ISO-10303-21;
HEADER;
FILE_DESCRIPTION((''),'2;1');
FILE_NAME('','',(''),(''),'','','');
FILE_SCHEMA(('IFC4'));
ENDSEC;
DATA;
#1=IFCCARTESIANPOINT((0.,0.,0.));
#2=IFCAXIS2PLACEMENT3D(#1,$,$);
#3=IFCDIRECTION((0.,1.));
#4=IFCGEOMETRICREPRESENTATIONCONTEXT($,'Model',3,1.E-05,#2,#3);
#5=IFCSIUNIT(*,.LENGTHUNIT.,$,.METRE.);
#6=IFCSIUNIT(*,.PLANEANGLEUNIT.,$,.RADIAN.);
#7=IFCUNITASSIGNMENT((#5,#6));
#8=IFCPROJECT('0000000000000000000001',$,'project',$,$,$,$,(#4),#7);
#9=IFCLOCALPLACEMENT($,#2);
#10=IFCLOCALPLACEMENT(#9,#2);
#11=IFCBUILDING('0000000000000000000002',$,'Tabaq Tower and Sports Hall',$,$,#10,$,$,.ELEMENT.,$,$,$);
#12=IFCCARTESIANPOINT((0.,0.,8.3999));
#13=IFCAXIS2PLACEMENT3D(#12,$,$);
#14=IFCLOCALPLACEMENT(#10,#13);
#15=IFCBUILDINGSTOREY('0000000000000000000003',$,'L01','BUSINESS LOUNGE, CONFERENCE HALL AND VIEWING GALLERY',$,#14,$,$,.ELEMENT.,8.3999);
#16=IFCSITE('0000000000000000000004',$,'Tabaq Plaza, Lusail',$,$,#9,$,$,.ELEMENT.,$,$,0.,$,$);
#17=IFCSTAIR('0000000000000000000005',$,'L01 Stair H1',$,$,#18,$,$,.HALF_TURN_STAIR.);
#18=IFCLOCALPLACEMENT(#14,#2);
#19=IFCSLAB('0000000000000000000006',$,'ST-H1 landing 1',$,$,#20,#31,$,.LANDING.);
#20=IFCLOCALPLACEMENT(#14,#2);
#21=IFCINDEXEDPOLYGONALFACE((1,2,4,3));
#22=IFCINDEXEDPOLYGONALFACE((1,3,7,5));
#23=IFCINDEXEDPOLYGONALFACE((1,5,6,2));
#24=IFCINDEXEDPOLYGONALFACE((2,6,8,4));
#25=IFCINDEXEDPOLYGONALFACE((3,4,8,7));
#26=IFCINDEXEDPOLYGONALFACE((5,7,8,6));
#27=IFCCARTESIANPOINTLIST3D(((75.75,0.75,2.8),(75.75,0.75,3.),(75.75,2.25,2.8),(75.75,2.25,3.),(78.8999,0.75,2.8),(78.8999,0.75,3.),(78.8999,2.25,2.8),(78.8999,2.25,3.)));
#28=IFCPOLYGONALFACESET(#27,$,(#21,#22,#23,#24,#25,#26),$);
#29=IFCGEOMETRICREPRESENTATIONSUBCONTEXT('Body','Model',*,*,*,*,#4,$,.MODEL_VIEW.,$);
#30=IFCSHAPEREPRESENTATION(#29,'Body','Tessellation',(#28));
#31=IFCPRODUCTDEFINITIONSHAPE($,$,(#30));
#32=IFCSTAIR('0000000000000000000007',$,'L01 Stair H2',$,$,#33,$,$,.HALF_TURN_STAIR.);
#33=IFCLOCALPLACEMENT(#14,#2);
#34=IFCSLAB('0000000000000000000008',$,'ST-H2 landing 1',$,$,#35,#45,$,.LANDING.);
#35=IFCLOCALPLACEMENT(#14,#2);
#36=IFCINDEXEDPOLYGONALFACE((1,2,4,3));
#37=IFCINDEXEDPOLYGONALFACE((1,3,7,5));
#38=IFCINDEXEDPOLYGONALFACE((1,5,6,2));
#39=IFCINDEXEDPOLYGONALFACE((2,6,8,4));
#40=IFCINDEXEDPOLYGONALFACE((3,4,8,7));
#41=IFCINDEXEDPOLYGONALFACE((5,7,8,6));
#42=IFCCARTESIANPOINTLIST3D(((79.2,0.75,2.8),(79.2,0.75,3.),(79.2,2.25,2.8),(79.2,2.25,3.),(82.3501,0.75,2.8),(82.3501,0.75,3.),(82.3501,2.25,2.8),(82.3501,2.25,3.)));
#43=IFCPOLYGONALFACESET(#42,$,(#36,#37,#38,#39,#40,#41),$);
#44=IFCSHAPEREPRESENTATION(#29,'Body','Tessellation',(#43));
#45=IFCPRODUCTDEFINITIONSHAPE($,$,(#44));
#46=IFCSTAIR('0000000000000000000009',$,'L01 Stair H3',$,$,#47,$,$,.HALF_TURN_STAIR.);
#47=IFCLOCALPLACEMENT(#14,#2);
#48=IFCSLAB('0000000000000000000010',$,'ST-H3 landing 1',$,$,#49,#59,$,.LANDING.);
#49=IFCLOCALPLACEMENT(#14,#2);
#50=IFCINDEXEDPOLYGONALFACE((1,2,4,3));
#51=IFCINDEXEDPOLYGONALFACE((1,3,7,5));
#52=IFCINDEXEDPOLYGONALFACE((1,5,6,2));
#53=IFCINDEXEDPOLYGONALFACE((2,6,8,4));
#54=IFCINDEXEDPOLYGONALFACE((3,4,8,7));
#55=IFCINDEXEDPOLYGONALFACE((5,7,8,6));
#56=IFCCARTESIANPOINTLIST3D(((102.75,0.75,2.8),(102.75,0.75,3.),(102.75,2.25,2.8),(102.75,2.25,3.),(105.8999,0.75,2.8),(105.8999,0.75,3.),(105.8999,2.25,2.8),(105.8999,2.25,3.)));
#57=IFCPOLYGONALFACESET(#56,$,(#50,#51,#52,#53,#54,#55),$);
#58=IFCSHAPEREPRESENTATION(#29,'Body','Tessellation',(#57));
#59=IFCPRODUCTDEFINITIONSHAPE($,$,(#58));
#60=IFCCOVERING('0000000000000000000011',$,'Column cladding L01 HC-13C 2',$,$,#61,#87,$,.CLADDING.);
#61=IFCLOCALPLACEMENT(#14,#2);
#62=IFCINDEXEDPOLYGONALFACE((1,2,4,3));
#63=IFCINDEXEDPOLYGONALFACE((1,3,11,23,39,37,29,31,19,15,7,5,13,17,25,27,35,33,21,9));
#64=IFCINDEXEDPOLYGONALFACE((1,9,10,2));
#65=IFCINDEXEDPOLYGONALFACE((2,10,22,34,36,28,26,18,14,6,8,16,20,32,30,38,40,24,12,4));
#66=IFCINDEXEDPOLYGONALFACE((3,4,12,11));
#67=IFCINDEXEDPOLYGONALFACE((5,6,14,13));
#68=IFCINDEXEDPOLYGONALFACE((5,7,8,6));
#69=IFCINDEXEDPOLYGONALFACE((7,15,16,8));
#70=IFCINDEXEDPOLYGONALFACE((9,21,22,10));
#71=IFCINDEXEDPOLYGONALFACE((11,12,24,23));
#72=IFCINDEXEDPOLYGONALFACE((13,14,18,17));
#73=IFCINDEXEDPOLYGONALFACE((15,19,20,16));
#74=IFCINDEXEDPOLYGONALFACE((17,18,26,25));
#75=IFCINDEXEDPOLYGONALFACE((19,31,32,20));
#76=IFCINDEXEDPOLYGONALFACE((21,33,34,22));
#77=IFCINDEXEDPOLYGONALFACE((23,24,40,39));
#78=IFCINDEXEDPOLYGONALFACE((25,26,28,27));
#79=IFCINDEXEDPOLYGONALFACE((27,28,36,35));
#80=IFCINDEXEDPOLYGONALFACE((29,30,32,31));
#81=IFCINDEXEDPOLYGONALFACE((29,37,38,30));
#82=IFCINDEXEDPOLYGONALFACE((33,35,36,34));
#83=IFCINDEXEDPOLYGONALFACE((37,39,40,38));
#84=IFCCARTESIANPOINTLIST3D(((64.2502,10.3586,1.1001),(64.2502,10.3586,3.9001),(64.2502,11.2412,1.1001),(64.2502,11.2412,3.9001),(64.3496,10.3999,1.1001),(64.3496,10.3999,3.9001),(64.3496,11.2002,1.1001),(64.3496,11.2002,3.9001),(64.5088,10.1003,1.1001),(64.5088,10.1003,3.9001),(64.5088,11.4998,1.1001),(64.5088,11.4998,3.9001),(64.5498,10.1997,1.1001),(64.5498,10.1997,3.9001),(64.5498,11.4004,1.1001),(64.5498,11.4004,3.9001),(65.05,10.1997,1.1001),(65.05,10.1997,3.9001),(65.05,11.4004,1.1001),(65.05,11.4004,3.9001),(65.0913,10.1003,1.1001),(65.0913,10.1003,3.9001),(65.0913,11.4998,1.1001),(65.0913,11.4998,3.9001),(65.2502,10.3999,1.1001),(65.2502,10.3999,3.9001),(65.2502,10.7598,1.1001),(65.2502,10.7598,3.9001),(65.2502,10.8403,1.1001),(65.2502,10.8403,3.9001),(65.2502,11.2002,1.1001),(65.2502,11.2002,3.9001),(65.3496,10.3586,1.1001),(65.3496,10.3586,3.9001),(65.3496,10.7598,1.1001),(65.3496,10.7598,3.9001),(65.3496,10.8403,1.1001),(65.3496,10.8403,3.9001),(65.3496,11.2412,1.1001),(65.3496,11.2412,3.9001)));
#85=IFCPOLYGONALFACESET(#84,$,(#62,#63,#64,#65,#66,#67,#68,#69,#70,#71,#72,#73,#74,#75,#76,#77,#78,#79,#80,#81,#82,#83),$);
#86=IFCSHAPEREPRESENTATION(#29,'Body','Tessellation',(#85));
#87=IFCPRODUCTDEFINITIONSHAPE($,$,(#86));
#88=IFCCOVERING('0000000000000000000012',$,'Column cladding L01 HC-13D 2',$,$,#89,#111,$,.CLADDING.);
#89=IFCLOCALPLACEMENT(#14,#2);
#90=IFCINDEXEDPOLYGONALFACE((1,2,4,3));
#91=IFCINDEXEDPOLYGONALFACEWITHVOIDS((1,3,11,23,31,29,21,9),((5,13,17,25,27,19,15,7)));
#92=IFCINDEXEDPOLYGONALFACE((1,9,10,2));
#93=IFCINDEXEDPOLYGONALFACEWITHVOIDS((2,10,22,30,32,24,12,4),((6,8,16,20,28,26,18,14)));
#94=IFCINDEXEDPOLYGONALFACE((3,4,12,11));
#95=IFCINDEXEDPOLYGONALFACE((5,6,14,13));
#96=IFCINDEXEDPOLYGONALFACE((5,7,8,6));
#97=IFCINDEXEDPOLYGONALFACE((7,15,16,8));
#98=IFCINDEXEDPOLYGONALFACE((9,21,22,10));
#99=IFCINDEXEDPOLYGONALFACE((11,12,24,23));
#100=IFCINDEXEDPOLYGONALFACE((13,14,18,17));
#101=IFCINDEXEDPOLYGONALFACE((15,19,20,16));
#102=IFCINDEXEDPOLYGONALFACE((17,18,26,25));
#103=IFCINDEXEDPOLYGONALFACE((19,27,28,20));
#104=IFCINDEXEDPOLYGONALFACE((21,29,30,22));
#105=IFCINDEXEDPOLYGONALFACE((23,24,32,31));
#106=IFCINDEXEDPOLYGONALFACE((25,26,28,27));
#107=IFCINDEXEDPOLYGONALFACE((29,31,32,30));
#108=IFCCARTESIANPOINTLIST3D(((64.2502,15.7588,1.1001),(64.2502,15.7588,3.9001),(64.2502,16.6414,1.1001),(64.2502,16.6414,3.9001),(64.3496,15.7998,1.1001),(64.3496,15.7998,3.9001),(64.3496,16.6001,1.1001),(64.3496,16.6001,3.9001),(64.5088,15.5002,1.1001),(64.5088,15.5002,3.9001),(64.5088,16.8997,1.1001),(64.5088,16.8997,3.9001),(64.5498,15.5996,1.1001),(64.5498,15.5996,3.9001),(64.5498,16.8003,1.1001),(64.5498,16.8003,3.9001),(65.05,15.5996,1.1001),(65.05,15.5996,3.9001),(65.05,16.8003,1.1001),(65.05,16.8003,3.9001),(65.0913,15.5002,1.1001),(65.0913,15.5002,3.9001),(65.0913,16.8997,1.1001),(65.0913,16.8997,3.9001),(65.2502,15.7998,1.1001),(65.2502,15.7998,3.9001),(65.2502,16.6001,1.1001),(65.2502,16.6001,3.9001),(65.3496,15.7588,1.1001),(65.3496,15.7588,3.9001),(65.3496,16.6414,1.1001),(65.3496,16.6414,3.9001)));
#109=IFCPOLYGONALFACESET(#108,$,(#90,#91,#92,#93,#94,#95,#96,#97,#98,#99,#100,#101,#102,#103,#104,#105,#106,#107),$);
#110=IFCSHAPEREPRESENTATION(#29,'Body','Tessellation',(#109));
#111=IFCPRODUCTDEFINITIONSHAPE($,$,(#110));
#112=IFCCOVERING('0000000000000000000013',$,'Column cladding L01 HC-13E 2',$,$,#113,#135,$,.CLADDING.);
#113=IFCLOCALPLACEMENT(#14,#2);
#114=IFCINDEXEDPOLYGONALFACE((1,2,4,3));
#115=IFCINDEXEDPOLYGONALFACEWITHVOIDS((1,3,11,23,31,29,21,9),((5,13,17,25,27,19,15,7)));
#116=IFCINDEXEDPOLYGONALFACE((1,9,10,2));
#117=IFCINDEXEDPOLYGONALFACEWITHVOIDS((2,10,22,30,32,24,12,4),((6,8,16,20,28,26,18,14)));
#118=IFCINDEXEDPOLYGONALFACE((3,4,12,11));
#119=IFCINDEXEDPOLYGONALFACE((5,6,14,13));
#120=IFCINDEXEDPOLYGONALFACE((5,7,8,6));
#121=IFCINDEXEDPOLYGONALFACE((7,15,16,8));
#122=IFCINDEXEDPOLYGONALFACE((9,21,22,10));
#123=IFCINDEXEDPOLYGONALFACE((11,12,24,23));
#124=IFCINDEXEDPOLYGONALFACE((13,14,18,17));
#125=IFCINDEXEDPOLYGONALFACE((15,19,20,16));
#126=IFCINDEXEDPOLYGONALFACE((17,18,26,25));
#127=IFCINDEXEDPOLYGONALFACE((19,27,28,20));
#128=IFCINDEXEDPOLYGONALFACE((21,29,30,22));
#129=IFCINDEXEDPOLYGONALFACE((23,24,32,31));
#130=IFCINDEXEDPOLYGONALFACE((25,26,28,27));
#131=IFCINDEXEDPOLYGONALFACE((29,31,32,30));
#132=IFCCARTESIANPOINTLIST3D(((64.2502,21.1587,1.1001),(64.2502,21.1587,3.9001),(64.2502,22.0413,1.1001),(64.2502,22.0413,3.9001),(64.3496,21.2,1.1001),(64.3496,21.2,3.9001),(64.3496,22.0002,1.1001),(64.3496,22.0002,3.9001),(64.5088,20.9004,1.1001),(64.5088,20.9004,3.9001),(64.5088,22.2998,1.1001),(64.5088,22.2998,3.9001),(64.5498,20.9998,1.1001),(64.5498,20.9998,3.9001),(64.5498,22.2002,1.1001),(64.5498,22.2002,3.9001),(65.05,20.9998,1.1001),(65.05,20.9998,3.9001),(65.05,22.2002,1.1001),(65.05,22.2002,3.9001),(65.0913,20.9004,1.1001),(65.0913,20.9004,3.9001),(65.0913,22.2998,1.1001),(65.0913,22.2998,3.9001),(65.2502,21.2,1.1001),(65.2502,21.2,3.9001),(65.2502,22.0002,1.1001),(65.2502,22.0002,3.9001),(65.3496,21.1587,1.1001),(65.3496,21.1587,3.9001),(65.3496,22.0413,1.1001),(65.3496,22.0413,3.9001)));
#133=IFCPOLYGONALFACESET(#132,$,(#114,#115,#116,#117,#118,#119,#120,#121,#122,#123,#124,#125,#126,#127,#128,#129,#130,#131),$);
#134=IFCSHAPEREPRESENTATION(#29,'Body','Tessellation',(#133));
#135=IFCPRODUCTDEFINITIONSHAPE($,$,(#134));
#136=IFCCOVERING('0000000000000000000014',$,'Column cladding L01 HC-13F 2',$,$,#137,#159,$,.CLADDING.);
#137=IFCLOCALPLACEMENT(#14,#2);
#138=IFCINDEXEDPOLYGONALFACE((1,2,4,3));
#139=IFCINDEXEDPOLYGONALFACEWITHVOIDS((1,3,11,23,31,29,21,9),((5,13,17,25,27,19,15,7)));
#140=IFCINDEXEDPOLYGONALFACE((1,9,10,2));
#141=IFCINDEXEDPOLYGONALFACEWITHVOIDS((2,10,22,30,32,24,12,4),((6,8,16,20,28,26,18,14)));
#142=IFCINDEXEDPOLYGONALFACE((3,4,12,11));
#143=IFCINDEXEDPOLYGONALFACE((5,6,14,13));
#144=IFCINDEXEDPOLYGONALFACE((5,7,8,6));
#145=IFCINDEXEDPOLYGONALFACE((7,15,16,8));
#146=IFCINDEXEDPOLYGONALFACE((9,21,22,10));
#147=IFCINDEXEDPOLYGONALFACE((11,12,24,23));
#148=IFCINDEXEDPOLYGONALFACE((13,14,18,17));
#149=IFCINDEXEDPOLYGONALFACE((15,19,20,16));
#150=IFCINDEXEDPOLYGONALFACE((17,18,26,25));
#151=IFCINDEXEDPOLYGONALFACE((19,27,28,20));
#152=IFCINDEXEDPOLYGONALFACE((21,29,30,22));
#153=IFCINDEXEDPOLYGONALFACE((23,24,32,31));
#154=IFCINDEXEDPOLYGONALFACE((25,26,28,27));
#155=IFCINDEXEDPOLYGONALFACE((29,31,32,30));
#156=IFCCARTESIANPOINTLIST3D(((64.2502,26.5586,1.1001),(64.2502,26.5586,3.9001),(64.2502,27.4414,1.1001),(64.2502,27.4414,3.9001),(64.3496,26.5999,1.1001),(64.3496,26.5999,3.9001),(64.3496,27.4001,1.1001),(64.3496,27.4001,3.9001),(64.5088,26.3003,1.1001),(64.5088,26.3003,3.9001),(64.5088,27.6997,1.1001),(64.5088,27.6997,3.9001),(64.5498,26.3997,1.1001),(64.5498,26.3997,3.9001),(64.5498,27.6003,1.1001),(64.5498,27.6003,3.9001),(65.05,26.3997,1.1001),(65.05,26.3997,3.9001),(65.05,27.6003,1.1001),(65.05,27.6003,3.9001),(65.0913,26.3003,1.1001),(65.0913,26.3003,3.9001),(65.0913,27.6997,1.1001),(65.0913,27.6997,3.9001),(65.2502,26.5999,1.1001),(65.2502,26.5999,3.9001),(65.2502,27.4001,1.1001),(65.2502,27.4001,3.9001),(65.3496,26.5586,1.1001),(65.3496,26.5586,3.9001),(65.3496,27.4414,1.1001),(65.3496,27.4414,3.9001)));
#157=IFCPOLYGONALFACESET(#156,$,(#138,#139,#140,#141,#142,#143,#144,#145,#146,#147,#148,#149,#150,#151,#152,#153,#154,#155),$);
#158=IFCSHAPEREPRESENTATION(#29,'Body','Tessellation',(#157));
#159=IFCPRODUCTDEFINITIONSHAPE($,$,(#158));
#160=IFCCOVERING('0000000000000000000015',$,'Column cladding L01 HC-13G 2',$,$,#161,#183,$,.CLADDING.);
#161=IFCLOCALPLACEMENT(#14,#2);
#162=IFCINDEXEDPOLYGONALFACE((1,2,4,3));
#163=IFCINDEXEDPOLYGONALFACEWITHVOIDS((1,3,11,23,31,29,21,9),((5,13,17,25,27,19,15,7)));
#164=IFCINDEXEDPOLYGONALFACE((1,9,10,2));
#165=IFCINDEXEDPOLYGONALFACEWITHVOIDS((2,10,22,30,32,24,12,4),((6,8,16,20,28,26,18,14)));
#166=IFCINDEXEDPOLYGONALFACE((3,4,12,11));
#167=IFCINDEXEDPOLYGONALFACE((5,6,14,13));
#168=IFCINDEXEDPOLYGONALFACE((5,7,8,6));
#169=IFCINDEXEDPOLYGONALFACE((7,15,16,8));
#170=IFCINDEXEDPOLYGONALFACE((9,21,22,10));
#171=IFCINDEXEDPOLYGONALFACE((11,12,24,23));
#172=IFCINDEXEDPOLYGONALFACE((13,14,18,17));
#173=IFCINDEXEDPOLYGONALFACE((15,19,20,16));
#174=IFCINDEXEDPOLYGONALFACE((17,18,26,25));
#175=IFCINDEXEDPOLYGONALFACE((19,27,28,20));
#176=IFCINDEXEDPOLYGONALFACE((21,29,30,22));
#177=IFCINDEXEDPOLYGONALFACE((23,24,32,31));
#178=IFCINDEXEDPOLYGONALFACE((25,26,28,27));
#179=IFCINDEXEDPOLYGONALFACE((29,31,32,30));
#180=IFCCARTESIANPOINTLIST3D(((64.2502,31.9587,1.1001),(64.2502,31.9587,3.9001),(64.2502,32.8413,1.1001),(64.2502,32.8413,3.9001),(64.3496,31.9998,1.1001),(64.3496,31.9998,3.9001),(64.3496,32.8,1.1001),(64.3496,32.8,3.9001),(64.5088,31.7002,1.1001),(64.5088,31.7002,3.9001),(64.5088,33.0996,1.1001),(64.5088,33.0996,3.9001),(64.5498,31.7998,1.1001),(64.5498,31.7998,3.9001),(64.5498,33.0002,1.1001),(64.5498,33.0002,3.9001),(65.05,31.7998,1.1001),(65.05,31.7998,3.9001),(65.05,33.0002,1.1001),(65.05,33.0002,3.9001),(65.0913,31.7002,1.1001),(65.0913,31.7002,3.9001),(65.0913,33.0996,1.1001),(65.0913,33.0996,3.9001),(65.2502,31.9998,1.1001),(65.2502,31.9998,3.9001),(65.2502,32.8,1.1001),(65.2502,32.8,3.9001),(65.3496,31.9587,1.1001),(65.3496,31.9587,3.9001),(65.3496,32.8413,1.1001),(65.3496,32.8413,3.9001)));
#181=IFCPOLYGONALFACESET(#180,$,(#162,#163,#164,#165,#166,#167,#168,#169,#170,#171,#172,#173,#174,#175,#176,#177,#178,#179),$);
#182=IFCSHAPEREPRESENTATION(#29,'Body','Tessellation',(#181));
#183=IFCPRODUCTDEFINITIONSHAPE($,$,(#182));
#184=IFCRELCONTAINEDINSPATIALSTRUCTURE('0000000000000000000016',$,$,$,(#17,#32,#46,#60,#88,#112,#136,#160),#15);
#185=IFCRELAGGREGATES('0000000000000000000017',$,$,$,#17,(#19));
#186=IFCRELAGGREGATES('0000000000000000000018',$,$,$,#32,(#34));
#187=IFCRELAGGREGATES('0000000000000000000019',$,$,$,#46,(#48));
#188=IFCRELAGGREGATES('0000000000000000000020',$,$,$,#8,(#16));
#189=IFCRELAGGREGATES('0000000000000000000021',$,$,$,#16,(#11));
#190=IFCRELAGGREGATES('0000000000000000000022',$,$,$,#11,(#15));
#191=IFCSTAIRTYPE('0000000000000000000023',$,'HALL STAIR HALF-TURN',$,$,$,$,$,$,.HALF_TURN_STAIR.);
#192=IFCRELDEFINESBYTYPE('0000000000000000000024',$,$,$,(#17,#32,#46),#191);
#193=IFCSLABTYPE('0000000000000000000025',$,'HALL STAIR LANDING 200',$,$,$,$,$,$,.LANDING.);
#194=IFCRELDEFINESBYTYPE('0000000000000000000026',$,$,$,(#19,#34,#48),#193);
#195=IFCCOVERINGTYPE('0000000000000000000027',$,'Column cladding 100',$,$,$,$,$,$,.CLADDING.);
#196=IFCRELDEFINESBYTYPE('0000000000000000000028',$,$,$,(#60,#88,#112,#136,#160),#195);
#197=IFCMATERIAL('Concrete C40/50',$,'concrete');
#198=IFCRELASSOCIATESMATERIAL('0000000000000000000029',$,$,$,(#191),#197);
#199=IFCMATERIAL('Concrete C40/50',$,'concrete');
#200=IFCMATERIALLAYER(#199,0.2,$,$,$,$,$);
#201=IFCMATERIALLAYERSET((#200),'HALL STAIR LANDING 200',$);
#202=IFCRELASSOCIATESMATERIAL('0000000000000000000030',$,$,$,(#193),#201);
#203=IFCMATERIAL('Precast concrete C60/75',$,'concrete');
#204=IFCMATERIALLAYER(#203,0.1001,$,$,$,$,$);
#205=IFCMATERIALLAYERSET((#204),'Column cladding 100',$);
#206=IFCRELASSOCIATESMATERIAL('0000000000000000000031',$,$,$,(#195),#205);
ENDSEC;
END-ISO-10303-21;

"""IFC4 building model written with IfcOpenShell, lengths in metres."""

from ifc_helpers import new_model, si_unit, direction, frame, origin, place, context, subcontext, project, spatial, polyline, outline, extrude, material, layer, layer_set, type_object, element, aggregate, save


model = new_model("IFC4")

# Units and contexts
model_context = context("Model", 3, precision=1e-05, world=origin(), true_north=direction((0.0, 1.0)))
body_context = subcontext(model_context, "Body", "Model", "MODEL_VIEW")
ifc_project = project(units=[si_unit("LENGTHUNIT", "METRE"), si_unit("PLANEANGLEUNIT", "RADIAN")], contexts=[model_context])

# Site, building, storey
site_placement = place(None, origin())
site = spatial("IfcSite", under=ifc_project, at=site_placement, Name="Tabaq Plaza, Lusail", CompositionType="ELEMENT", RefElevation=0.0)
building_placement = place(site_placement, origin())
building = spatial("IfcBuilding", under=site, at=building_placement, Name="Tabaq Tower and Sports Hall", CompositionType="ELEMENT")
storey_placement = place(building_placement, frame((0.0, 0.0, 8.3999)))
storey = spatial("IfcBuildingStorey", under=building, at=storey_placement, Name="L01", Description="BUSINESS LOUNGE, CONFERENCE HALL AND VIEWING GALLERY", CompositionType="ELEMENT", Elevation=8.3999)

# Stairs, slabs
ifc_material_1 = material(Name="Concrete C40/50", Category="concrete")
stair_type = type_object("IfcStairType", Name="HALL STAIR HALF-TURN", PredefinedType="HALF_TURN_STAIR", material=ifc_material_1)
stair_1_placement = place(storey_placement, origin())
stair_1 = element("IfcStair", 1, at=stair_1_placement, inside=storey, type_object=stair_type, Name="L01 Stair H1", PredefinedType="HALF_TURN_STAIR")
ifc_material_2 = material(Name="Concrete C40/50", Category="concrete")
ifc_layer_1 = layer(ifc_material_2, 0.2)
ifc_layer_set_1 = layer_set([ifc_layer_1], Name="HALL STAIR LANDING 200")
slab_type = type_object("IfcSlabType", Name="HALL STAIR LANDING 200", PredefinedType="LANDING", material=ifc_layer_set_1)
slab_1_placement = place(storey_placement, frame((0.0, 0.0, 2.8)))
slab_1 = element("IfcSlab", 2, at=slab_1_placement, type_object=slab_type, Name="ST-H1 landing 1", PredefinedType="LANDING", context=body_context, shape_type="SweptSolid", body=[
    extrude(outline(polyline([(75.75, 2.25), (75.75, 0.75), (78.8999, 0.75), (78.8999, 2.25), (75.75, 2.25)])), origin(), (0.0, 0.0, 1.0), 0.2),
])
aggregate(stair_1, [slab_1])
stair_2_placement = place(storey_placement, origin())
stair_2 = element("IfcStair", 3, at=stair_2_placement, inside=storey, type_object=stair_type, Name="L01 Stair H2", PredefinedType="HALF_TURN_STAIR")
slab_2_placement = place(storey_placement, frame((0.0, 0.0, 2.8)))
slab_2 = element("IfcSlab", 4, at=slab_2_placement, type_object=slab_type, Name="ST-H2 landing 1", PredefinedType="LANDING", context=body_context, shape_type="SweptSolid", body=[
    extrude(outline(polyline([(79.2, 2.25), (79.2, 0.75), (82.3501, 0.75), (82.3501, 2.25), (79.2, 2.25)])), origin(), (0.0, 0.0, 1.0), 0.2),
])
aggregate(stair_2, [slab_2])
stair_3_placement = place(storey_placement, origin())
stair_3 = element("IfcStair", 5, at=stair_3_placement, inside=storey, type_object=stair_type, Name="L01 Stair H3", PredefinedType="HALF_TURN_STAIR")
slab_3_placement = place(storey_placement, frame((0.0, 0.0, 2.8)))
slab_3 = element("IfcSlab", 6, at=slab_3_placement, type_object=slab_type, Name="ST-H3 landing 1", PredefinedType="LANDING", context=body_context, shape_type="SweptSolid", body=[
    extrude(outline(polyline([(102.75, 2.25), (102.75, 0.75), (105.8999, 0.75), (105.8999, 2.25), (102.75, 2.25)])), origin(), (0.0, 0.0, 1.0), 0.2),
])
aggregate(stair_3, [slab_3])

# Coverings
ifc_material_3 = material(Name="Precast concrete C60/75", Category="concrete")
ifc_layer_2 = layer(ifc_material_3, 0.1001)
ifc_layer_set_2 = layer_set([ifc_layer_2], Name="Column cladding 100")
covering_type = type_object("IfcCoveringType", Name="Column cladding 100", PredefinedType="CLADDING", material=ifc_layer_set_2)
covering_1_placement = place(storey_placement, frame((0.0, 0.0, 1.1001)))
element("IfcCovering", 7, at=covering_1_placement, inside=storey, type_object=covering_type, Name="Column cladding L01 HC-13C 2", PredefinedType="CLADDING", context=body_context, shape_type="SweptSolid", body=[
    extrude(outline(polyline([(64.5088, 10.1003), (64.2502, 10.3586), (64.2502, 11.2412), (64.5088, 11.4998), (65.0913, 11.4998), (65.3496, 11.2412), (65.3496, 10.8403), (65.2502, 10.8403), (65.2502, 11.2002), (65.05, 11.4004), (64.5498, 11.4004), (64.3496, 11.2002), (64.3496, 10.3999), (64.5498, 10.1997), (65.05, 10.1997), (65.2502, 10.3999), (65.2502, 10.7598), (65.3496, 10.7598), (65.3496, 10.3586), (65.0913, 10.1003), (64.5088, 10.1003)])), origin(), (0.0, 0.0, 1.0), 2.8),
])
covering_2_placement = place(storey_placement, frame((0.0, 0.0, 1.1001)))
element("IfcCovering", 8, at=covering_2_placement, inside=storey, type_object=covering_type, Name="Column cladding L01 HC-13D 2", PredefinedType="CLADDING", context=body_context, shape_type="SweptSolid", body=[
    extrude(outline(polyline([(65.0913, 15.5002), (64.5088, 15.5002), (64.2502, 15.7588), (64.2502, 16.6414), (64.5088, 16.8997), (65.0913, 16.8997), (65.3496, 16.6414), (65.3496, 15.7588), (65.0913, 15.5002)]), holes=[polyline([(65.2502, 16.6001), (65.05, 16.8003), (64.5498, 16.8003), (64.3496, 16.6001), (64.3496, 15.7998), (64.5498, 15.5996), (65.05, 15.5996), (65.2502, 15.7998), (65.2502, 16.6001)])]), origin(), (0.0, 0.0, 1.0), 2.8),
])
covering_3_placement = place(storey_placement, frame((0.0, 0.0, 1.1001)))
element("IfcCovering", 9, at=covering_3_placement, inside=storey, type_object=covering_type, Name="Column cladding L01 HC-13E 2", PredefinedType="CLADDING", context=body_context, shape_type="SweptSolid", body=[
    extrude(outline(polyline([(65.0913, 20.9004), (64.5088, 20.9004), (64.2502, 21.1587), (64.2502, 22.0413), (64.5088, 22.2998), (65.0913, 22.2998), (65.3496, 22.0413), (65.3496, 21.1587), (65.0913, 20.9004)]), holes=[polyline([(65.2502, 22.0002), (65.05, 22.2002), (64.5498, 22.2002), (64.3496, 22.0002), (64.3496, 21.2), (64.5498, 20.9998), (65.05, 20.9998), (65.2502, 21.2), (65.2502, 22.0002)])]), origin(), (0.0, 0.0, 1.0), 2.8),
])
covering_4_placement = place(storey_placement, frame((0.0, 0.0, 1.1001)))
element("IfcCovering", 10, at=covering_4_placement, inside=storey, type_object=covering_type, Name="Column cladding L01 HC-13F 2", PredefinedType="CLADDING", context=body_context, shape_type="SweptSolid", body=[
    extrude(outline(polyline([(65.0913, 26.3003), (64.5088, 26.3003), (64.2502, 26.5586), (64.2502, 27.4414), (64.5088, 27.6997), (65.0913, 27.6997), (65.3496, 27.4414), (65.3496, 26.5586), (65.0913, 26.3003)]), holes=[polyline([(65.2502, 27.4001), (65.05, 27.6003), (64.5498, 27.6003), (64.3496, 27.4001), (64.3496, 26.5999), (64.5498, 26.3997), (65.05, 26.3997), (65.2502, 26.5999), (65.2502, 27.4001)])]), origin(), (0.0, 0.0, 1.0), 2.8),
])
covering_5_placement = place(storey_placement, frame((0.0, 0.0, 1.1001)))
element("IfcCovering", 11, at=covering_5_placement, inside=storey, type_object=covering_type, Name="Column cladding L01 HC-13G 2", PredefinedType="CLADDING", context=body_context, shape_type="SweptSolid", body=[
    extrude(outline(polyline([(65.0913, 31.7002), (64.5088, 31.7002), (64.2502, 31.9587), (64.2502, 32.8413), (64.5088, 33.0996), (65.0913, 33.0996), (65.3496, 32.8413), (65.3496, 31.9587), (65.0913, 31.7002)]), holes=[polyline([(65.2502, 32.8), (65.05, 33.0002), (64.5498, 33.0002), (64.3496, 32.8), (64.3496, 31.9998), (64.5498, 31.7998), (65.05, 31.7998), (65.2502, 31.9998), (65.2502, 32.8)])]), origin(), (0.0, 0.0, 1.0), 2.8),
])

save(model, "model.ifc")
